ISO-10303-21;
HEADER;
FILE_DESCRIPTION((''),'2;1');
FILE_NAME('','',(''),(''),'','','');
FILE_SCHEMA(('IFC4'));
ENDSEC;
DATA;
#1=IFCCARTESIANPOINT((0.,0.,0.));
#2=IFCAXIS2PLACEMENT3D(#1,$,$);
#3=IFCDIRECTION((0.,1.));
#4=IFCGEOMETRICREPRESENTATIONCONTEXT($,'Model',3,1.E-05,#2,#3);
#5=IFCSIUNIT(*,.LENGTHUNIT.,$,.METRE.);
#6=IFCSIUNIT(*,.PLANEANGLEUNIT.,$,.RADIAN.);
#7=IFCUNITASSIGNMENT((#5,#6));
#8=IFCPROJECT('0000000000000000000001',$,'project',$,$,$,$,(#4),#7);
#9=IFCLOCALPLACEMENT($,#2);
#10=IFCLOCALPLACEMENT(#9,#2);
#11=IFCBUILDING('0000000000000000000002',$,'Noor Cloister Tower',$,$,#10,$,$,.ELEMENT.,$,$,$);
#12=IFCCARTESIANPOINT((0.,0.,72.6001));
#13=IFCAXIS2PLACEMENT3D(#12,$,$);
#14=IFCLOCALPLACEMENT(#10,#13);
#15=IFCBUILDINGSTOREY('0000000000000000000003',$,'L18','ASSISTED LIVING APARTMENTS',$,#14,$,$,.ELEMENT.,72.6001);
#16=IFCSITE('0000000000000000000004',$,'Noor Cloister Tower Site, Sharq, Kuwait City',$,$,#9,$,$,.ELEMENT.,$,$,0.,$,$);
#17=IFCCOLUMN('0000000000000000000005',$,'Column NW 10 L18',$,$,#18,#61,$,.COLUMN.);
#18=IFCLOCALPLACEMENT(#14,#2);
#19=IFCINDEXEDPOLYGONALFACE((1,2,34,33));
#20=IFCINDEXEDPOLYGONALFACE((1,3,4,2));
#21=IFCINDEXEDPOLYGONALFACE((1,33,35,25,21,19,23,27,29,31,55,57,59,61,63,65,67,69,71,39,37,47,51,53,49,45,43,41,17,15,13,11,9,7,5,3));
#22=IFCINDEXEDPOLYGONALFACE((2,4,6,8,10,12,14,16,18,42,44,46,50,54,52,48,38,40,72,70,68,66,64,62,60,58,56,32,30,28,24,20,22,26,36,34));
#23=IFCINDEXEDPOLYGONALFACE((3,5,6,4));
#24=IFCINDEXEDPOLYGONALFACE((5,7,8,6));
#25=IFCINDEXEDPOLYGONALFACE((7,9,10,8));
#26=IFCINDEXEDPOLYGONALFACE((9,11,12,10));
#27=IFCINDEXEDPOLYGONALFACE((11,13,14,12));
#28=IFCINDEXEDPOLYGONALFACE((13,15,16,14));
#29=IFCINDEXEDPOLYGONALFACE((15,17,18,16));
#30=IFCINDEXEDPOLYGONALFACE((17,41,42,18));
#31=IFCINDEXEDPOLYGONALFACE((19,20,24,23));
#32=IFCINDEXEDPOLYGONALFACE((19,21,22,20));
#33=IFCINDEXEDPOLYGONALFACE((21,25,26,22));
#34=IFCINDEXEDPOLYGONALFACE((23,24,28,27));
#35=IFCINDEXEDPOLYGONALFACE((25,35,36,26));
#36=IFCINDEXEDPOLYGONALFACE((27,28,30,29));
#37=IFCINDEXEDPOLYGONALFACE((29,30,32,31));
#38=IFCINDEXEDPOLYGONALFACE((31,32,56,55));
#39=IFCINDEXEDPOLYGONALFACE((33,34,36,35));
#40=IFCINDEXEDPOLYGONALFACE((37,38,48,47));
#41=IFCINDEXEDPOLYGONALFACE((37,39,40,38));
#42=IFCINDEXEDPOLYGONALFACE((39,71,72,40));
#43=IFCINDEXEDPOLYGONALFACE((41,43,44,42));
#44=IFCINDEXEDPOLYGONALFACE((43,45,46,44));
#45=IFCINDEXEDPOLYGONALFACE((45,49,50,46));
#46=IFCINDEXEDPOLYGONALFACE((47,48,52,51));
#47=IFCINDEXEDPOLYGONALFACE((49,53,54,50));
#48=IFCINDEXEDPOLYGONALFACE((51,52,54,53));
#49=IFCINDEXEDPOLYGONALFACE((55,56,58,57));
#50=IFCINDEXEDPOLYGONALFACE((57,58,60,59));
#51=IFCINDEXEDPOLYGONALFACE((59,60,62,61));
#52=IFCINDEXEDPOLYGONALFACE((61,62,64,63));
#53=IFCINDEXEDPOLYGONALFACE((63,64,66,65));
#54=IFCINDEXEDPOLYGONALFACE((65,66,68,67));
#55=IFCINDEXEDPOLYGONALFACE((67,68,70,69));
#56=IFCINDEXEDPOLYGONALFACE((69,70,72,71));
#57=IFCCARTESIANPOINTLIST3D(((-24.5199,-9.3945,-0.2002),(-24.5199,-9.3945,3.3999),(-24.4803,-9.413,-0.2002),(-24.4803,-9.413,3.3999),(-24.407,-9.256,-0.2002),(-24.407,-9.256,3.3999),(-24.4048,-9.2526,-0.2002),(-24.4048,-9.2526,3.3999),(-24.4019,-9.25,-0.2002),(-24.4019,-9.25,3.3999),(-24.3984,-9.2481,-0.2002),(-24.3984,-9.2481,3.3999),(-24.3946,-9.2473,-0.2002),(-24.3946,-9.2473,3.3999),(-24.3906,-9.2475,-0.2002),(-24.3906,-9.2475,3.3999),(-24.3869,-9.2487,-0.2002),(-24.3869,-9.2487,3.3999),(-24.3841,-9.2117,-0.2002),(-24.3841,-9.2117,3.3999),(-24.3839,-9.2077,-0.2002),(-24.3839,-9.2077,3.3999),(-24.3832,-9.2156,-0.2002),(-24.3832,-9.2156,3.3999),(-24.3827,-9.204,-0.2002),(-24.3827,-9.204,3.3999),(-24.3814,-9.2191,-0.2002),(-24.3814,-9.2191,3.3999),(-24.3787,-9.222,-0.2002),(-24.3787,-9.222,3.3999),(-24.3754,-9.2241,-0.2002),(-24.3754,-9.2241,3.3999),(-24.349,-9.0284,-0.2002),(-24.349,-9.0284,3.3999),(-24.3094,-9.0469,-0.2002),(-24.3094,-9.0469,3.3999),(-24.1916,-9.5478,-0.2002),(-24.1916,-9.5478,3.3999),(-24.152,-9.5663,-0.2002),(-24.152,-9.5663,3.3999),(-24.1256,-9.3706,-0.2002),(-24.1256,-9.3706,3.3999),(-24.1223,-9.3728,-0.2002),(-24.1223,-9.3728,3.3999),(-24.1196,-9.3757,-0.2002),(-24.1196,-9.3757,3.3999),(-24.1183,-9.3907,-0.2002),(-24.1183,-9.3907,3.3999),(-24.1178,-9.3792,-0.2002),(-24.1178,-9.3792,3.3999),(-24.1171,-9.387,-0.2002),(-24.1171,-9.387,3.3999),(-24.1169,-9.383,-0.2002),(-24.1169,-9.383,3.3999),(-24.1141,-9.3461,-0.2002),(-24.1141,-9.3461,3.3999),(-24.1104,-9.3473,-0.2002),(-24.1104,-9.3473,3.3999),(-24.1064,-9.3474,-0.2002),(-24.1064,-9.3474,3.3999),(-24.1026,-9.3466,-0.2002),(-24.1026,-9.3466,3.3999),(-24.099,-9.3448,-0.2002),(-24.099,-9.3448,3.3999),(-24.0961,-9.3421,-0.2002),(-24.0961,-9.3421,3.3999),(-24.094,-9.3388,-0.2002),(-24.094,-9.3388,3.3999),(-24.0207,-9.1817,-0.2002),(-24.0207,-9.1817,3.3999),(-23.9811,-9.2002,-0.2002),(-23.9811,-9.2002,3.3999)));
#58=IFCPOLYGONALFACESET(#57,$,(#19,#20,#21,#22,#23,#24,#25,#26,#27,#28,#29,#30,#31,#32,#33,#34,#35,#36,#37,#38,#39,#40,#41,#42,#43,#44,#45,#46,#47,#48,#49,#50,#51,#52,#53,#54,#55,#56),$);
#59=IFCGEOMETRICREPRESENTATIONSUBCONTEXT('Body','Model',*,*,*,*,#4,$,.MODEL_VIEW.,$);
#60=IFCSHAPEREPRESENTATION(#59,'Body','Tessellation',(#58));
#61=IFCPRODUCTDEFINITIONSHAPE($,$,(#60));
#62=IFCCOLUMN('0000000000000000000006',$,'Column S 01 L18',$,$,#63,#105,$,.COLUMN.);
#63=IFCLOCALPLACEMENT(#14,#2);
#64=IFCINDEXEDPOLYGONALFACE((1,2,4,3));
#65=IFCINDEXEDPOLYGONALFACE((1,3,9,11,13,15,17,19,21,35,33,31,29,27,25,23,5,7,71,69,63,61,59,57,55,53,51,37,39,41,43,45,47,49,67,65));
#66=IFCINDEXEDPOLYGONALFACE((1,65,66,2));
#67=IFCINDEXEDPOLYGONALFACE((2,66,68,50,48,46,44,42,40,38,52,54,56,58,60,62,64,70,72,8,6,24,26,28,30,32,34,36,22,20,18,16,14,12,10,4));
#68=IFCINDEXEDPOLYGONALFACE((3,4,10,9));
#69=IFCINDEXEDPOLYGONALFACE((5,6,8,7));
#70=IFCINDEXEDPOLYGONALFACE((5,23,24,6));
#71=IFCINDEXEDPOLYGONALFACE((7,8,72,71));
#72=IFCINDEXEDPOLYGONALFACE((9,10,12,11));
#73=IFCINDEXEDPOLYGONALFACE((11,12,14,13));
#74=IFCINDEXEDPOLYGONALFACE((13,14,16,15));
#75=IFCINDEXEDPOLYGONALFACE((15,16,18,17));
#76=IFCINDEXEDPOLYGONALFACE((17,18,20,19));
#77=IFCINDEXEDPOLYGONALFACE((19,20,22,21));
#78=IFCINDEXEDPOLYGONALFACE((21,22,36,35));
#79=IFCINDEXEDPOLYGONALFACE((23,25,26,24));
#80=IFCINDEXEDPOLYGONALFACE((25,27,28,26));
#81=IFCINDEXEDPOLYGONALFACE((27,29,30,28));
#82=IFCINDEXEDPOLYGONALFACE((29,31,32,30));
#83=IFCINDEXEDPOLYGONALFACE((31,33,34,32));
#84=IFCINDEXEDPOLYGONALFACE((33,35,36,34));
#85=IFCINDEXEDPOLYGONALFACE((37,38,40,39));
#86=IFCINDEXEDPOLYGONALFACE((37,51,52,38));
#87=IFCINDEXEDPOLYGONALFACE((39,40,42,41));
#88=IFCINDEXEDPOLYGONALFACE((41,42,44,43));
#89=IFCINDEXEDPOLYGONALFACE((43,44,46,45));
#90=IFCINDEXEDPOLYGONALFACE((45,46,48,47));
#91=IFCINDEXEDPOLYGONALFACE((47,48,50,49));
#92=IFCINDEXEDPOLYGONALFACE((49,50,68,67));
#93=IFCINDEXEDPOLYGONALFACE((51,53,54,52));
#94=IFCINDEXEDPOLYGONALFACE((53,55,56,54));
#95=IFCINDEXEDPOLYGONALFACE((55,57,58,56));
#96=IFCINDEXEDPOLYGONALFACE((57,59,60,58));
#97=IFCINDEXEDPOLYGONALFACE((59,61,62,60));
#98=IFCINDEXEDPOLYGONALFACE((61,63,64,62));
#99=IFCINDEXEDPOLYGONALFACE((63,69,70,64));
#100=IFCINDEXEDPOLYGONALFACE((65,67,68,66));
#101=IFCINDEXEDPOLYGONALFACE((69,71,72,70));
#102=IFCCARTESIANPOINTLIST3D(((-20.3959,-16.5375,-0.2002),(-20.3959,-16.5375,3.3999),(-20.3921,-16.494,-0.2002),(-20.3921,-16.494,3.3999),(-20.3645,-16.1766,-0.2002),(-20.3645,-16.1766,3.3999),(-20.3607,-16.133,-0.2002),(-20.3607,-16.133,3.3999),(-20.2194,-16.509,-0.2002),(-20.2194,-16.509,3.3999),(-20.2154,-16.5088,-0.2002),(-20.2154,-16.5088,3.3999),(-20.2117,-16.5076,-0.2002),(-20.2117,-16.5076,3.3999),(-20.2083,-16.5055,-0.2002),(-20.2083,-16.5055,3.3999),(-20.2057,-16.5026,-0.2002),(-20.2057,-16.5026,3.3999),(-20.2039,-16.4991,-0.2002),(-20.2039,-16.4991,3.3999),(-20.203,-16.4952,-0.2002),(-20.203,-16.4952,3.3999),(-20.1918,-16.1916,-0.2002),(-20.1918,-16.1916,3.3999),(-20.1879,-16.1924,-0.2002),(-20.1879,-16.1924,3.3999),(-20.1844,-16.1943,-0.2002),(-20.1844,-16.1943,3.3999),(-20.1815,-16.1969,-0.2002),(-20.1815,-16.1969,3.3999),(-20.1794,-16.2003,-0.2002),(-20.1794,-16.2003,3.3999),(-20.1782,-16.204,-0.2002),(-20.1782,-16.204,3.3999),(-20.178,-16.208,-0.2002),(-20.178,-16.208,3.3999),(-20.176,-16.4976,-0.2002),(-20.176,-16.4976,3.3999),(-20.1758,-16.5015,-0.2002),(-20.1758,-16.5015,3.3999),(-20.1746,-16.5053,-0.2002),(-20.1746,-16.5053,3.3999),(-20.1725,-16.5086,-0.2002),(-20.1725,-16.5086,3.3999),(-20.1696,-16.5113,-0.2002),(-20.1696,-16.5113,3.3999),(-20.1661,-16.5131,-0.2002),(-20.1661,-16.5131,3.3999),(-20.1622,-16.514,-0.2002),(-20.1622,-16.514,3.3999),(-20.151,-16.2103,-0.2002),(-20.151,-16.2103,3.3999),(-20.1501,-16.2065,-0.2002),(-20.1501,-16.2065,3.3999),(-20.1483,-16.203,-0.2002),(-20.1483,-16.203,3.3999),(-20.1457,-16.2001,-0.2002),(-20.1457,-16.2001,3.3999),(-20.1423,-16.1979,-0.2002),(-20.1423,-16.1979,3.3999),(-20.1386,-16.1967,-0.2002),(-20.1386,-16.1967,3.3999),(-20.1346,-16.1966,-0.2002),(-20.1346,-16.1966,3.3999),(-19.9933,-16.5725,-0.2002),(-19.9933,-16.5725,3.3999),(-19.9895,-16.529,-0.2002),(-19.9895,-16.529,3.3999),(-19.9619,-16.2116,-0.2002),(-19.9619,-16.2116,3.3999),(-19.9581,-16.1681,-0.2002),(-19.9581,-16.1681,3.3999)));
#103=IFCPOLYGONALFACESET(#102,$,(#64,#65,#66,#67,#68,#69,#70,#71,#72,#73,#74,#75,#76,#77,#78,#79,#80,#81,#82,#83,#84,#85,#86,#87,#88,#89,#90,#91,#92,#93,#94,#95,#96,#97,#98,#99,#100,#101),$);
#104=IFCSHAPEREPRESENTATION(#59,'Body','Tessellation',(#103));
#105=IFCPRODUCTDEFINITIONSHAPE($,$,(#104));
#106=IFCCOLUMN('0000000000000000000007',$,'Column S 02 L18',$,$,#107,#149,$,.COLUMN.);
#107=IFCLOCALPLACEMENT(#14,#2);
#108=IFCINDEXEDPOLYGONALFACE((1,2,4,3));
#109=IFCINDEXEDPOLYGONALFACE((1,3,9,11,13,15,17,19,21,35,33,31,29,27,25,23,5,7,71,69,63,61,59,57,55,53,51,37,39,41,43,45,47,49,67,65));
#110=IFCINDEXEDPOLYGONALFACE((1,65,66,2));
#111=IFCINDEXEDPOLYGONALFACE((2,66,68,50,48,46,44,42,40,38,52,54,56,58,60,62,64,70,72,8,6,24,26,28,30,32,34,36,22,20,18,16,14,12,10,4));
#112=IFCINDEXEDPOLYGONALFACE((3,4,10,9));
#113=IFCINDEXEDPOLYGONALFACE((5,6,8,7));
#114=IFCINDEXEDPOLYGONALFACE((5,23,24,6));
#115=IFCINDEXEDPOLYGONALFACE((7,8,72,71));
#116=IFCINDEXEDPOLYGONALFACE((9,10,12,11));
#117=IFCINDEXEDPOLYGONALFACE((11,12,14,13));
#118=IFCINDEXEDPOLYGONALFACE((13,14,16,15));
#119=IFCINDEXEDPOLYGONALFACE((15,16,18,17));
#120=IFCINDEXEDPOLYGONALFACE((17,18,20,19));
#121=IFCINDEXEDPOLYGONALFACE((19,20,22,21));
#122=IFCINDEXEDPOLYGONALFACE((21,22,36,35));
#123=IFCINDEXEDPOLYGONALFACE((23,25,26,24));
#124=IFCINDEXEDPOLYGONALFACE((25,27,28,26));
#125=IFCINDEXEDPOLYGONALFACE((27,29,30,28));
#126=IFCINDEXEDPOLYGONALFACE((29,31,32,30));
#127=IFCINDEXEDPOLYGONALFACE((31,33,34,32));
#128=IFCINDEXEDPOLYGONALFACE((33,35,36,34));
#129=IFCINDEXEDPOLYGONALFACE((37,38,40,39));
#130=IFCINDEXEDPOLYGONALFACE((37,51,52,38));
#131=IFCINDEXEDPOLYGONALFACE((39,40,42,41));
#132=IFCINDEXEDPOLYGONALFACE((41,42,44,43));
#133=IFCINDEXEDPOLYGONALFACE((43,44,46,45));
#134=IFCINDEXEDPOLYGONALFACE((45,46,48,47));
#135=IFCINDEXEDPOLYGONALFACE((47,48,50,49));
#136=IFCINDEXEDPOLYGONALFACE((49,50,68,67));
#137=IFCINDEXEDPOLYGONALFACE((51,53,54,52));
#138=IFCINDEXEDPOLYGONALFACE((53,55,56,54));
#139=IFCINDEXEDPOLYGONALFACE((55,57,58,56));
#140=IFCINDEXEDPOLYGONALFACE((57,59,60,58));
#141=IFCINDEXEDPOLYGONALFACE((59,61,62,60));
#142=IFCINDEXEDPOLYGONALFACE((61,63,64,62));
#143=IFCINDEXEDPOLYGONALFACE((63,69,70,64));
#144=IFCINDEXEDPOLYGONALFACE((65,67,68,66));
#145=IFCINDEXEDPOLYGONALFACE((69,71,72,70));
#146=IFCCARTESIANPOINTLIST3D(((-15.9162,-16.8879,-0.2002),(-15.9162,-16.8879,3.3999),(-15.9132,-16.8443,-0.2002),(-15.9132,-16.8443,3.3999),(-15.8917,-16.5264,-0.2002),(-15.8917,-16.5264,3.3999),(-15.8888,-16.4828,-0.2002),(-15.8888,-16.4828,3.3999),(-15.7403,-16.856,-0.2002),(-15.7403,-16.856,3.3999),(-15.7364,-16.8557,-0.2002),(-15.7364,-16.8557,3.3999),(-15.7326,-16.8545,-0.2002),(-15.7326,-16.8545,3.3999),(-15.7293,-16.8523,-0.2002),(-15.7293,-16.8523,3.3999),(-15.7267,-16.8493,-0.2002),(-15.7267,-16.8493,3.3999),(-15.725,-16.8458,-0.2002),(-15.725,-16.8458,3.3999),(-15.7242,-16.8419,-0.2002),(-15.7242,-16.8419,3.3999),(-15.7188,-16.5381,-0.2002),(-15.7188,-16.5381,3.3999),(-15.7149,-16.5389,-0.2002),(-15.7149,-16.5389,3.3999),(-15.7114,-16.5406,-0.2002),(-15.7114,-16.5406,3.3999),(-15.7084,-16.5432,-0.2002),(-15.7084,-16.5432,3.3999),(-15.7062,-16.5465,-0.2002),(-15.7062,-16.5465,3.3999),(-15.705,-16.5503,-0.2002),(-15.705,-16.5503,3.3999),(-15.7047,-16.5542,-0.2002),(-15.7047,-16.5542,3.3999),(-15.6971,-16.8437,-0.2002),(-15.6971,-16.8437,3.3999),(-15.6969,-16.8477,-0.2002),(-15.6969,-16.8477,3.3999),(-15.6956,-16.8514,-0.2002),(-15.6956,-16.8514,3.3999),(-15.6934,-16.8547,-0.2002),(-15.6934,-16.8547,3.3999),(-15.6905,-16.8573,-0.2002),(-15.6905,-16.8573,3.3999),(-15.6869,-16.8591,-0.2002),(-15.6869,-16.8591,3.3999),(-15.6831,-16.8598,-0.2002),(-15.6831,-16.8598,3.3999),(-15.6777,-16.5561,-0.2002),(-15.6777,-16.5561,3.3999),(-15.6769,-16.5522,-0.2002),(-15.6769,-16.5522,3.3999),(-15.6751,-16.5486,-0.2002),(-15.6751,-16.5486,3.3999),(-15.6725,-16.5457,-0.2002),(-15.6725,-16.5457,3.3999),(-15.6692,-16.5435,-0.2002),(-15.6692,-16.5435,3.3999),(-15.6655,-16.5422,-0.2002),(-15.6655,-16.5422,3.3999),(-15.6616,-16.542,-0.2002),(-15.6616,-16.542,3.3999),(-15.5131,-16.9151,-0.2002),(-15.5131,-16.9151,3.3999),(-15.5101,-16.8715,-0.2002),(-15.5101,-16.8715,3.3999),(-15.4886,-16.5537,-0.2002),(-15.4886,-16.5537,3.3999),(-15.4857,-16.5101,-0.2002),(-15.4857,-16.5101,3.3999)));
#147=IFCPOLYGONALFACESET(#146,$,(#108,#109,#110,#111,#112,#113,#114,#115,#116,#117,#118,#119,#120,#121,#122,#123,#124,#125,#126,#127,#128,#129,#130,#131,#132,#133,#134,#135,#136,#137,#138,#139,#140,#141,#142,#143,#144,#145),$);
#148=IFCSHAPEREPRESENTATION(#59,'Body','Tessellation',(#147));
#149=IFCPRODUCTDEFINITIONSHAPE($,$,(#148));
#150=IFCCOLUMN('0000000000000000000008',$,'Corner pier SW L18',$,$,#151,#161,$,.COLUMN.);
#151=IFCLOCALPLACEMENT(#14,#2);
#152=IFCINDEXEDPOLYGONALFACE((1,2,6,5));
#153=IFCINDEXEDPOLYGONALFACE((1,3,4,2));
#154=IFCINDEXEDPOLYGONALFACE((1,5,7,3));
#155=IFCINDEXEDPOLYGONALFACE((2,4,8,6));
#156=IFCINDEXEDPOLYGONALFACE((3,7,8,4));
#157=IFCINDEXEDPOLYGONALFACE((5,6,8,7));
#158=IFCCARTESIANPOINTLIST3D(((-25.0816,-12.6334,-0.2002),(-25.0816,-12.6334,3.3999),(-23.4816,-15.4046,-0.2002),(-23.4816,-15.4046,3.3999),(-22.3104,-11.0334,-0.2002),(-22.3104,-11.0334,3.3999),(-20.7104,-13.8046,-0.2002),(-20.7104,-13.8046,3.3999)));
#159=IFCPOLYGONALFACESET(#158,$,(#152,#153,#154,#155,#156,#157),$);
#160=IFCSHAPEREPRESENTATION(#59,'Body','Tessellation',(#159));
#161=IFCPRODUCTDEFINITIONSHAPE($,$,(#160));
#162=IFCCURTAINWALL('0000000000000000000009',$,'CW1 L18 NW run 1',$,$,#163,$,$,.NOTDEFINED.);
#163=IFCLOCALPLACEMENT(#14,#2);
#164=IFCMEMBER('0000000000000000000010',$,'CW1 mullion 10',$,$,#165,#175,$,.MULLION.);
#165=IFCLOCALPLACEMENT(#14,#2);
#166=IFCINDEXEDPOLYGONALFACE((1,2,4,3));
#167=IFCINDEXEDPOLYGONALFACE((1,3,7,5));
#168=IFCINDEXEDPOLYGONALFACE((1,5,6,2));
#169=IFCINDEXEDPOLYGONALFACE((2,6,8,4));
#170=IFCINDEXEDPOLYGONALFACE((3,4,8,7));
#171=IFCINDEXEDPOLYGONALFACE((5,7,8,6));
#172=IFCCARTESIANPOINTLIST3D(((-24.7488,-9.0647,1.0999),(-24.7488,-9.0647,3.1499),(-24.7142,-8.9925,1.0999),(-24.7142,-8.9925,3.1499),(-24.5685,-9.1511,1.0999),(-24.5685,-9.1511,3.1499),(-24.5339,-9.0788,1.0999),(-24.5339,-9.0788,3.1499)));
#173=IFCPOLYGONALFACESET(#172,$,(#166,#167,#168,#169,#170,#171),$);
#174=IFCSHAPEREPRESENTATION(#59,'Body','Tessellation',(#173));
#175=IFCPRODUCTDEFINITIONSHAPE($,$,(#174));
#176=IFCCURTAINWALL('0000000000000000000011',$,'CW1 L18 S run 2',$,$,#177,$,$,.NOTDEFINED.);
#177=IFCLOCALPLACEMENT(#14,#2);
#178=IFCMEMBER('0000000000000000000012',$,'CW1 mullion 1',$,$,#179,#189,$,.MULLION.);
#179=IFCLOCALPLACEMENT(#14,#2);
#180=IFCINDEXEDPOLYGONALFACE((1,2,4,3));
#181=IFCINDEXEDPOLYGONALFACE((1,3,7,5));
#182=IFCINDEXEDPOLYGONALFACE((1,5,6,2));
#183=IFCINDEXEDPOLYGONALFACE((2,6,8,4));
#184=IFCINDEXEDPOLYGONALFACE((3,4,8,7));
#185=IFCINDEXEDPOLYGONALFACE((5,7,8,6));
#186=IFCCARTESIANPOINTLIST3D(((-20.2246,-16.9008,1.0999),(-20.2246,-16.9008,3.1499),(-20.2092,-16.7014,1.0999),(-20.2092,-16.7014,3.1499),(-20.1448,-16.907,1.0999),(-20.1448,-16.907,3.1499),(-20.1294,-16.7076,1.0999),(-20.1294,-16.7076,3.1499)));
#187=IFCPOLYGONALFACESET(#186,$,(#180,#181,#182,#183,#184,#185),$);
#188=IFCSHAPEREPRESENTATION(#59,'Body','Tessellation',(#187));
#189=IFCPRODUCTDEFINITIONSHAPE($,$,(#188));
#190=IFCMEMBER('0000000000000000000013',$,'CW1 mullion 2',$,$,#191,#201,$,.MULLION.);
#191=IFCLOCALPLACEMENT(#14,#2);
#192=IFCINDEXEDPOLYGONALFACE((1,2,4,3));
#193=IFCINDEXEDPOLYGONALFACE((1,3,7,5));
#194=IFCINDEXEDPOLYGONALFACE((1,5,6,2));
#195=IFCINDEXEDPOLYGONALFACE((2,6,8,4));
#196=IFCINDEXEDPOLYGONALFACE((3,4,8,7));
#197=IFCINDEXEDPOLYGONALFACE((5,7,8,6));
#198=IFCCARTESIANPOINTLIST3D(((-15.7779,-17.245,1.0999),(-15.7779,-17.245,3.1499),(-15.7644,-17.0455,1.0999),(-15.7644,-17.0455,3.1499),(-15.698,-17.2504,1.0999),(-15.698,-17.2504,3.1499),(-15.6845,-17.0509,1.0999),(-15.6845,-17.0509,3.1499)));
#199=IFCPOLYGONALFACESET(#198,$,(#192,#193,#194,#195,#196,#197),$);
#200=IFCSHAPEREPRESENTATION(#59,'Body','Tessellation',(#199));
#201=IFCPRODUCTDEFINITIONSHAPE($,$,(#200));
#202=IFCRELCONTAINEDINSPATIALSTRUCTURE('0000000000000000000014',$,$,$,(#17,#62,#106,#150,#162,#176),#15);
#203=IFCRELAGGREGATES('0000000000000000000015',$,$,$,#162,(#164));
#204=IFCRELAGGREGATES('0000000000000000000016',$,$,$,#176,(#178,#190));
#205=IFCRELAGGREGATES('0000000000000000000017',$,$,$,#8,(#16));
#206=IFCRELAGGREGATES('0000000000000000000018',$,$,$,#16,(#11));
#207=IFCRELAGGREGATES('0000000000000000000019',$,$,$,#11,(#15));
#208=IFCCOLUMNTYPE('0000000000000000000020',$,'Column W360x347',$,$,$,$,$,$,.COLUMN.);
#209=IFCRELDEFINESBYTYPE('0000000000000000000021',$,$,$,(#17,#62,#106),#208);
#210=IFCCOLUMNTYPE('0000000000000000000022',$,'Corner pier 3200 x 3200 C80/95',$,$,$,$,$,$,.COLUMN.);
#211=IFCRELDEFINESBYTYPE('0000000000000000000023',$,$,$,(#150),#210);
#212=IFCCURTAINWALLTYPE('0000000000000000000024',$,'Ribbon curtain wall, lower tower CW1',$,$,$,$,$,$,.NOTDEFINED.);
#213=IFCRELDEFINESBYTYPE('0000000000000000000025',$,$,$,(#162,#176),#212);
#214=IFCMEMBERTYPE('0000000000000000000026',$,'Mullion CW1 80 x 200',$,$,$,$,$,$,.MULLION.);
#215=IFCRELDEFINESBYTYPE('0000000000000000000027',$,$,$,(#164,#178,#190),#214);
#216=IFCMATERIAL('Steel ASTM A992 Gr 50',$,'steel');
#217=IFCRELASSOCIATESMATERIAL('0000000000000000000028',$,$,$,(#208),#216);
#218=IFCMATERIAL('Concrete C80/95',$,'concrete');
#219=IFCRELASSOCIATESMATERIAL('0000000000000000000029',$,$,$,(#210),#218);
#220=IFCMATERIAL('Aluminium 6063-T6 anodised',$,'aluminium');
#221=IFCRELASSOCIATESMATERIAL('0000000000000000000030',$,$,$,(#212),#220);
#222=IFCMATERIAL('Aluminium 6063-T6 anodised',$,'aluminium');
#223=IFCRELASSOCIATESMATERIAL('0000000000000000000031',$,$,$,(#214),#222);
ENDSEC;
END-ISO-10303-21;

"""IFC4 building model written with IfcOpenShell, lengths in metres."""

from ifc_helpers import new_model, si_unit, direction, frame, origin, origin_2d, place, context, subcontext, project, spatial, rectangle, i_section, extrude, material, material_profile, profile_set, type_object, element, aggregate, save


model = new_model("IFC4")

# Units and contexts
model_context = context("Model", 3, precision=1e-05, world=origin(), true_north=direction((0.0, 1.0)))
body_context = subcontext(model_context, "Body", "Model", "MODEL_VIEW")
ifc_project = project(units=[si_unit("LENGTHUNIT", "METRE"), si_unit("PLANEANGLEUNIT", "RADIAN")], contexts=[model_context])

# Site, building, storey
site_placement = place(None, origin())
site = spatial("IfcSite", under=ifc_project, at=site_placement, Name="Noor Cloister Tower Site, Sharq, Kuwait City", CompositionType="ELEMENT", RefElevation=0.0)
building_placement = place(site_placement, origin())
building = spatial("IfcBuilding", under=site, at=building_placement, Name="Noor Cloister Tower", CompositionType="ELEMENT")
storey_placement = place(building_placement, frame((0.0, 0.0, 72.6001)))
storey = spatial("IfcBuildingStorey", under=building, at=storey_placement, Name="L18", Description="ASSISTED LIVING APARTMENTS", CompositionType="ELEMENT", Elevation=72.6001)

# Columns
ifc_material_1 = material(Name="Steel ASTM A992 Gr 50", Category="steel")
ifc_material_profile_1 = material_profile(ifc_material_1, i_section(OverallWidth=0.4041, OverallDepth=0.406, WebThickness=0.0271, FlangeThickness=0.0437, FilletRadius=0.0151, at=origin_2d()), Name="W360x347")
ifc_profile_set_1 = profile_set([ifc_material_profile_1], Name="Steel ASTM A992 Gr 50")
column_type_1 = type_object("IfcColumnType", Name="Column W360x347", PredefinedType="COLUMN", material=ifc_profile_set_1)
for number, where, z_axis, x_axis, name in (
    (1, (-24.2505, -9.2974, -0.2002), (0.0, 0.0, 1.0), (-0.423027, -0.906117, 0.0), "Column NW 10 L18"),
    (2, (-20.177, -16.3528, -0.2002), (0.0, 0.0, 1.0), (0.996234, -0.086706, 0.0), "Column S 01 L18"),
    (3, (-15.7009, -16.699, -0.2002), (0.0, 0.0, 1.0), (0.997721, -0.067472, 0.0), "Column S 02 L18"),
):
    element("IfcColumn", number, at=place(storey_placement, frame(where, z_axis=z_axis, x_axis=x_axis)), inside=storey, type_object=column_type_1, Name=name, PredefinedType="COLUMN", context=body_context, shape_type="SweptSolid", body=[
        extrude(i_section(OverallWidth=0.4041, OverallDepth=0.406, WebThickness=0.0271, FlangeThickness=0.0437, FilletRadius=0.0151, at=origin_2d()), origin(), (0.0, 0.0, 1.0), 3.6001),
    ])
ifc_material_2 = material(Name="Concrete C80/95", Category="concrete")
ifc_material_profile_2 = material_profile(ifc_material_2, rectangle(XDim=3.2, YDim=3.2, at=origin_2d()), Name="RC 3200x3200")
ifc_profile_set_2 = profile_set([ifc_material_profile_2], Name="Concrete C80/95")
column_type_2 = type_object("IfcColumnType", Name="Corner pier 3200 x 3200 C80/95", PredefinedType="COLUMN", material=ifc_profile_set_2)
column_placement = place(storey_placement, frame((-22.896, -13.219, -0.2002), z_axis=(0.0, 0.0, 1.0), x_axis=(-0.866025, -0.5, 0.0)))
element("IfcColumn", 4, at=column_placement, inside=storey, type_object=column_type_2, Name="Corner pier SW L18", PredefinedType="COLUMN", context=body_context, shape_type="SweptSolid", body=[
    extrude(rectangle(XDim=3.2, YDim=3.2, at=origin_2d()), origin(), (0.0, 0.0, 1.0), 3.6001),
])

# Curtain wall, member
ifc_material_3 = material(Name="Aluminium 6063-T6 anodised", Category="aluminium")
curtain_wall_type = type_object("IfcCurtainWallType", Name="Ribbon curtain wall, lower tower CW1", PredefinedType="NOTDEFINED", material=ifc_material_3)
curtain_wall_1_placement = place(storey_placement, origin())
curtain_wall_1 = element("IfcCurtainWall", 5, at=curtain_wall_1_placement, inside=storey, type_object=curtain_wall_type, Name="CW1 L18 NW run 1", PredefinedType="NOTDEFINED")
ifc_material_4 = material(Name="Aluminium 6063-T6 anodised", Category="aluminium")
ifc_material_profile_3 = material_profile(ifc_material_4, rectangle(XDim=0.2, YDim=0.0801, at=origin_2d()), Name="200 x 80 mullion")
ifc_profile_set_3 = profile_set([ifc_material_profile_3], Name="Aluminium 6063-T6 anodised")
member_type = type_object("IfcMemberType", Name="Mullion CW1 80 x 200", PredefinedType="MULLION", material=ifc_profile_set_3)
member_1_placement = place(storey_placement, frame((-24.6414, -9.0718, 1.0999), z_axis=(0.0, 0.0, 1.0), x_axis=(0.901994, -0.431748, 0.0)))
member_1 = element("IfcMember", 6, at=member_1_placement, type_object=member_type, Name="CW1 mullion 10", PredefinedType="MULLION", context=body_context, shape_type="SweptSolid", body=[
    extrude(rectangle(XDim=0.2, YDim=0.0801, at=origin_2d()), origin(), (0.0, 0.0, 1.0), 2.05),
])

# Curtain wall, members
curtain_wall_2_placement = place(storey_placement, origin())
curtain_wall_2 = element("IfcCurtainWall", 7, at=curtain_wall_2_placement, inside=storey, type_object=curtain_wall_type, Name="CW1 L18 S run 2", PredefinedType="NOTDEFINED")
member_2_placement = place(storey_placement, frame((-20.177, -16.8042, 1.0999), z_axis=(0.0, 0.0, 1.0), x_axis=(0.077093, 0.997024, 0.0)))
member_2 = element("IfcMember", 8, at=member_2_placement, type_object=member_type, Name="CW1 mullion 1", PredefinedType="MULLION", context=body_context, shape_type="SweptSolid", body=[
    extrude(rectangle(XDim=0.2, YDim=0.0801, at=origin_2d()), origin(), (0.0, 0.0, 1.0), 2.05),
])
member_3_placement = place(storey_placement, frame((-15.7312, -17.1479, 1.0999), z_axis=(0.0, 0.0, 1.0), x_axis=(0.067472, 0.997721, 0.0)))
member_3 = element("IfcMember", 9, at=member_3_placement, type_object=member_type, Name="CW1 mullion 2", PredefinedType="MULLION", context=body_context, shape_type="SweptSolid", body=[
    extrude(rectangle(XDim=0.2, YDim=0.0801, at=origin_2d()), origin(), (0.0, 0.0, 1.0), 2.05),
])

aggregate(curtain_wall_1, [member_1])
aggregate(curtain_wall_2, [member_2, member_3])

save(model, "model.ifc")
